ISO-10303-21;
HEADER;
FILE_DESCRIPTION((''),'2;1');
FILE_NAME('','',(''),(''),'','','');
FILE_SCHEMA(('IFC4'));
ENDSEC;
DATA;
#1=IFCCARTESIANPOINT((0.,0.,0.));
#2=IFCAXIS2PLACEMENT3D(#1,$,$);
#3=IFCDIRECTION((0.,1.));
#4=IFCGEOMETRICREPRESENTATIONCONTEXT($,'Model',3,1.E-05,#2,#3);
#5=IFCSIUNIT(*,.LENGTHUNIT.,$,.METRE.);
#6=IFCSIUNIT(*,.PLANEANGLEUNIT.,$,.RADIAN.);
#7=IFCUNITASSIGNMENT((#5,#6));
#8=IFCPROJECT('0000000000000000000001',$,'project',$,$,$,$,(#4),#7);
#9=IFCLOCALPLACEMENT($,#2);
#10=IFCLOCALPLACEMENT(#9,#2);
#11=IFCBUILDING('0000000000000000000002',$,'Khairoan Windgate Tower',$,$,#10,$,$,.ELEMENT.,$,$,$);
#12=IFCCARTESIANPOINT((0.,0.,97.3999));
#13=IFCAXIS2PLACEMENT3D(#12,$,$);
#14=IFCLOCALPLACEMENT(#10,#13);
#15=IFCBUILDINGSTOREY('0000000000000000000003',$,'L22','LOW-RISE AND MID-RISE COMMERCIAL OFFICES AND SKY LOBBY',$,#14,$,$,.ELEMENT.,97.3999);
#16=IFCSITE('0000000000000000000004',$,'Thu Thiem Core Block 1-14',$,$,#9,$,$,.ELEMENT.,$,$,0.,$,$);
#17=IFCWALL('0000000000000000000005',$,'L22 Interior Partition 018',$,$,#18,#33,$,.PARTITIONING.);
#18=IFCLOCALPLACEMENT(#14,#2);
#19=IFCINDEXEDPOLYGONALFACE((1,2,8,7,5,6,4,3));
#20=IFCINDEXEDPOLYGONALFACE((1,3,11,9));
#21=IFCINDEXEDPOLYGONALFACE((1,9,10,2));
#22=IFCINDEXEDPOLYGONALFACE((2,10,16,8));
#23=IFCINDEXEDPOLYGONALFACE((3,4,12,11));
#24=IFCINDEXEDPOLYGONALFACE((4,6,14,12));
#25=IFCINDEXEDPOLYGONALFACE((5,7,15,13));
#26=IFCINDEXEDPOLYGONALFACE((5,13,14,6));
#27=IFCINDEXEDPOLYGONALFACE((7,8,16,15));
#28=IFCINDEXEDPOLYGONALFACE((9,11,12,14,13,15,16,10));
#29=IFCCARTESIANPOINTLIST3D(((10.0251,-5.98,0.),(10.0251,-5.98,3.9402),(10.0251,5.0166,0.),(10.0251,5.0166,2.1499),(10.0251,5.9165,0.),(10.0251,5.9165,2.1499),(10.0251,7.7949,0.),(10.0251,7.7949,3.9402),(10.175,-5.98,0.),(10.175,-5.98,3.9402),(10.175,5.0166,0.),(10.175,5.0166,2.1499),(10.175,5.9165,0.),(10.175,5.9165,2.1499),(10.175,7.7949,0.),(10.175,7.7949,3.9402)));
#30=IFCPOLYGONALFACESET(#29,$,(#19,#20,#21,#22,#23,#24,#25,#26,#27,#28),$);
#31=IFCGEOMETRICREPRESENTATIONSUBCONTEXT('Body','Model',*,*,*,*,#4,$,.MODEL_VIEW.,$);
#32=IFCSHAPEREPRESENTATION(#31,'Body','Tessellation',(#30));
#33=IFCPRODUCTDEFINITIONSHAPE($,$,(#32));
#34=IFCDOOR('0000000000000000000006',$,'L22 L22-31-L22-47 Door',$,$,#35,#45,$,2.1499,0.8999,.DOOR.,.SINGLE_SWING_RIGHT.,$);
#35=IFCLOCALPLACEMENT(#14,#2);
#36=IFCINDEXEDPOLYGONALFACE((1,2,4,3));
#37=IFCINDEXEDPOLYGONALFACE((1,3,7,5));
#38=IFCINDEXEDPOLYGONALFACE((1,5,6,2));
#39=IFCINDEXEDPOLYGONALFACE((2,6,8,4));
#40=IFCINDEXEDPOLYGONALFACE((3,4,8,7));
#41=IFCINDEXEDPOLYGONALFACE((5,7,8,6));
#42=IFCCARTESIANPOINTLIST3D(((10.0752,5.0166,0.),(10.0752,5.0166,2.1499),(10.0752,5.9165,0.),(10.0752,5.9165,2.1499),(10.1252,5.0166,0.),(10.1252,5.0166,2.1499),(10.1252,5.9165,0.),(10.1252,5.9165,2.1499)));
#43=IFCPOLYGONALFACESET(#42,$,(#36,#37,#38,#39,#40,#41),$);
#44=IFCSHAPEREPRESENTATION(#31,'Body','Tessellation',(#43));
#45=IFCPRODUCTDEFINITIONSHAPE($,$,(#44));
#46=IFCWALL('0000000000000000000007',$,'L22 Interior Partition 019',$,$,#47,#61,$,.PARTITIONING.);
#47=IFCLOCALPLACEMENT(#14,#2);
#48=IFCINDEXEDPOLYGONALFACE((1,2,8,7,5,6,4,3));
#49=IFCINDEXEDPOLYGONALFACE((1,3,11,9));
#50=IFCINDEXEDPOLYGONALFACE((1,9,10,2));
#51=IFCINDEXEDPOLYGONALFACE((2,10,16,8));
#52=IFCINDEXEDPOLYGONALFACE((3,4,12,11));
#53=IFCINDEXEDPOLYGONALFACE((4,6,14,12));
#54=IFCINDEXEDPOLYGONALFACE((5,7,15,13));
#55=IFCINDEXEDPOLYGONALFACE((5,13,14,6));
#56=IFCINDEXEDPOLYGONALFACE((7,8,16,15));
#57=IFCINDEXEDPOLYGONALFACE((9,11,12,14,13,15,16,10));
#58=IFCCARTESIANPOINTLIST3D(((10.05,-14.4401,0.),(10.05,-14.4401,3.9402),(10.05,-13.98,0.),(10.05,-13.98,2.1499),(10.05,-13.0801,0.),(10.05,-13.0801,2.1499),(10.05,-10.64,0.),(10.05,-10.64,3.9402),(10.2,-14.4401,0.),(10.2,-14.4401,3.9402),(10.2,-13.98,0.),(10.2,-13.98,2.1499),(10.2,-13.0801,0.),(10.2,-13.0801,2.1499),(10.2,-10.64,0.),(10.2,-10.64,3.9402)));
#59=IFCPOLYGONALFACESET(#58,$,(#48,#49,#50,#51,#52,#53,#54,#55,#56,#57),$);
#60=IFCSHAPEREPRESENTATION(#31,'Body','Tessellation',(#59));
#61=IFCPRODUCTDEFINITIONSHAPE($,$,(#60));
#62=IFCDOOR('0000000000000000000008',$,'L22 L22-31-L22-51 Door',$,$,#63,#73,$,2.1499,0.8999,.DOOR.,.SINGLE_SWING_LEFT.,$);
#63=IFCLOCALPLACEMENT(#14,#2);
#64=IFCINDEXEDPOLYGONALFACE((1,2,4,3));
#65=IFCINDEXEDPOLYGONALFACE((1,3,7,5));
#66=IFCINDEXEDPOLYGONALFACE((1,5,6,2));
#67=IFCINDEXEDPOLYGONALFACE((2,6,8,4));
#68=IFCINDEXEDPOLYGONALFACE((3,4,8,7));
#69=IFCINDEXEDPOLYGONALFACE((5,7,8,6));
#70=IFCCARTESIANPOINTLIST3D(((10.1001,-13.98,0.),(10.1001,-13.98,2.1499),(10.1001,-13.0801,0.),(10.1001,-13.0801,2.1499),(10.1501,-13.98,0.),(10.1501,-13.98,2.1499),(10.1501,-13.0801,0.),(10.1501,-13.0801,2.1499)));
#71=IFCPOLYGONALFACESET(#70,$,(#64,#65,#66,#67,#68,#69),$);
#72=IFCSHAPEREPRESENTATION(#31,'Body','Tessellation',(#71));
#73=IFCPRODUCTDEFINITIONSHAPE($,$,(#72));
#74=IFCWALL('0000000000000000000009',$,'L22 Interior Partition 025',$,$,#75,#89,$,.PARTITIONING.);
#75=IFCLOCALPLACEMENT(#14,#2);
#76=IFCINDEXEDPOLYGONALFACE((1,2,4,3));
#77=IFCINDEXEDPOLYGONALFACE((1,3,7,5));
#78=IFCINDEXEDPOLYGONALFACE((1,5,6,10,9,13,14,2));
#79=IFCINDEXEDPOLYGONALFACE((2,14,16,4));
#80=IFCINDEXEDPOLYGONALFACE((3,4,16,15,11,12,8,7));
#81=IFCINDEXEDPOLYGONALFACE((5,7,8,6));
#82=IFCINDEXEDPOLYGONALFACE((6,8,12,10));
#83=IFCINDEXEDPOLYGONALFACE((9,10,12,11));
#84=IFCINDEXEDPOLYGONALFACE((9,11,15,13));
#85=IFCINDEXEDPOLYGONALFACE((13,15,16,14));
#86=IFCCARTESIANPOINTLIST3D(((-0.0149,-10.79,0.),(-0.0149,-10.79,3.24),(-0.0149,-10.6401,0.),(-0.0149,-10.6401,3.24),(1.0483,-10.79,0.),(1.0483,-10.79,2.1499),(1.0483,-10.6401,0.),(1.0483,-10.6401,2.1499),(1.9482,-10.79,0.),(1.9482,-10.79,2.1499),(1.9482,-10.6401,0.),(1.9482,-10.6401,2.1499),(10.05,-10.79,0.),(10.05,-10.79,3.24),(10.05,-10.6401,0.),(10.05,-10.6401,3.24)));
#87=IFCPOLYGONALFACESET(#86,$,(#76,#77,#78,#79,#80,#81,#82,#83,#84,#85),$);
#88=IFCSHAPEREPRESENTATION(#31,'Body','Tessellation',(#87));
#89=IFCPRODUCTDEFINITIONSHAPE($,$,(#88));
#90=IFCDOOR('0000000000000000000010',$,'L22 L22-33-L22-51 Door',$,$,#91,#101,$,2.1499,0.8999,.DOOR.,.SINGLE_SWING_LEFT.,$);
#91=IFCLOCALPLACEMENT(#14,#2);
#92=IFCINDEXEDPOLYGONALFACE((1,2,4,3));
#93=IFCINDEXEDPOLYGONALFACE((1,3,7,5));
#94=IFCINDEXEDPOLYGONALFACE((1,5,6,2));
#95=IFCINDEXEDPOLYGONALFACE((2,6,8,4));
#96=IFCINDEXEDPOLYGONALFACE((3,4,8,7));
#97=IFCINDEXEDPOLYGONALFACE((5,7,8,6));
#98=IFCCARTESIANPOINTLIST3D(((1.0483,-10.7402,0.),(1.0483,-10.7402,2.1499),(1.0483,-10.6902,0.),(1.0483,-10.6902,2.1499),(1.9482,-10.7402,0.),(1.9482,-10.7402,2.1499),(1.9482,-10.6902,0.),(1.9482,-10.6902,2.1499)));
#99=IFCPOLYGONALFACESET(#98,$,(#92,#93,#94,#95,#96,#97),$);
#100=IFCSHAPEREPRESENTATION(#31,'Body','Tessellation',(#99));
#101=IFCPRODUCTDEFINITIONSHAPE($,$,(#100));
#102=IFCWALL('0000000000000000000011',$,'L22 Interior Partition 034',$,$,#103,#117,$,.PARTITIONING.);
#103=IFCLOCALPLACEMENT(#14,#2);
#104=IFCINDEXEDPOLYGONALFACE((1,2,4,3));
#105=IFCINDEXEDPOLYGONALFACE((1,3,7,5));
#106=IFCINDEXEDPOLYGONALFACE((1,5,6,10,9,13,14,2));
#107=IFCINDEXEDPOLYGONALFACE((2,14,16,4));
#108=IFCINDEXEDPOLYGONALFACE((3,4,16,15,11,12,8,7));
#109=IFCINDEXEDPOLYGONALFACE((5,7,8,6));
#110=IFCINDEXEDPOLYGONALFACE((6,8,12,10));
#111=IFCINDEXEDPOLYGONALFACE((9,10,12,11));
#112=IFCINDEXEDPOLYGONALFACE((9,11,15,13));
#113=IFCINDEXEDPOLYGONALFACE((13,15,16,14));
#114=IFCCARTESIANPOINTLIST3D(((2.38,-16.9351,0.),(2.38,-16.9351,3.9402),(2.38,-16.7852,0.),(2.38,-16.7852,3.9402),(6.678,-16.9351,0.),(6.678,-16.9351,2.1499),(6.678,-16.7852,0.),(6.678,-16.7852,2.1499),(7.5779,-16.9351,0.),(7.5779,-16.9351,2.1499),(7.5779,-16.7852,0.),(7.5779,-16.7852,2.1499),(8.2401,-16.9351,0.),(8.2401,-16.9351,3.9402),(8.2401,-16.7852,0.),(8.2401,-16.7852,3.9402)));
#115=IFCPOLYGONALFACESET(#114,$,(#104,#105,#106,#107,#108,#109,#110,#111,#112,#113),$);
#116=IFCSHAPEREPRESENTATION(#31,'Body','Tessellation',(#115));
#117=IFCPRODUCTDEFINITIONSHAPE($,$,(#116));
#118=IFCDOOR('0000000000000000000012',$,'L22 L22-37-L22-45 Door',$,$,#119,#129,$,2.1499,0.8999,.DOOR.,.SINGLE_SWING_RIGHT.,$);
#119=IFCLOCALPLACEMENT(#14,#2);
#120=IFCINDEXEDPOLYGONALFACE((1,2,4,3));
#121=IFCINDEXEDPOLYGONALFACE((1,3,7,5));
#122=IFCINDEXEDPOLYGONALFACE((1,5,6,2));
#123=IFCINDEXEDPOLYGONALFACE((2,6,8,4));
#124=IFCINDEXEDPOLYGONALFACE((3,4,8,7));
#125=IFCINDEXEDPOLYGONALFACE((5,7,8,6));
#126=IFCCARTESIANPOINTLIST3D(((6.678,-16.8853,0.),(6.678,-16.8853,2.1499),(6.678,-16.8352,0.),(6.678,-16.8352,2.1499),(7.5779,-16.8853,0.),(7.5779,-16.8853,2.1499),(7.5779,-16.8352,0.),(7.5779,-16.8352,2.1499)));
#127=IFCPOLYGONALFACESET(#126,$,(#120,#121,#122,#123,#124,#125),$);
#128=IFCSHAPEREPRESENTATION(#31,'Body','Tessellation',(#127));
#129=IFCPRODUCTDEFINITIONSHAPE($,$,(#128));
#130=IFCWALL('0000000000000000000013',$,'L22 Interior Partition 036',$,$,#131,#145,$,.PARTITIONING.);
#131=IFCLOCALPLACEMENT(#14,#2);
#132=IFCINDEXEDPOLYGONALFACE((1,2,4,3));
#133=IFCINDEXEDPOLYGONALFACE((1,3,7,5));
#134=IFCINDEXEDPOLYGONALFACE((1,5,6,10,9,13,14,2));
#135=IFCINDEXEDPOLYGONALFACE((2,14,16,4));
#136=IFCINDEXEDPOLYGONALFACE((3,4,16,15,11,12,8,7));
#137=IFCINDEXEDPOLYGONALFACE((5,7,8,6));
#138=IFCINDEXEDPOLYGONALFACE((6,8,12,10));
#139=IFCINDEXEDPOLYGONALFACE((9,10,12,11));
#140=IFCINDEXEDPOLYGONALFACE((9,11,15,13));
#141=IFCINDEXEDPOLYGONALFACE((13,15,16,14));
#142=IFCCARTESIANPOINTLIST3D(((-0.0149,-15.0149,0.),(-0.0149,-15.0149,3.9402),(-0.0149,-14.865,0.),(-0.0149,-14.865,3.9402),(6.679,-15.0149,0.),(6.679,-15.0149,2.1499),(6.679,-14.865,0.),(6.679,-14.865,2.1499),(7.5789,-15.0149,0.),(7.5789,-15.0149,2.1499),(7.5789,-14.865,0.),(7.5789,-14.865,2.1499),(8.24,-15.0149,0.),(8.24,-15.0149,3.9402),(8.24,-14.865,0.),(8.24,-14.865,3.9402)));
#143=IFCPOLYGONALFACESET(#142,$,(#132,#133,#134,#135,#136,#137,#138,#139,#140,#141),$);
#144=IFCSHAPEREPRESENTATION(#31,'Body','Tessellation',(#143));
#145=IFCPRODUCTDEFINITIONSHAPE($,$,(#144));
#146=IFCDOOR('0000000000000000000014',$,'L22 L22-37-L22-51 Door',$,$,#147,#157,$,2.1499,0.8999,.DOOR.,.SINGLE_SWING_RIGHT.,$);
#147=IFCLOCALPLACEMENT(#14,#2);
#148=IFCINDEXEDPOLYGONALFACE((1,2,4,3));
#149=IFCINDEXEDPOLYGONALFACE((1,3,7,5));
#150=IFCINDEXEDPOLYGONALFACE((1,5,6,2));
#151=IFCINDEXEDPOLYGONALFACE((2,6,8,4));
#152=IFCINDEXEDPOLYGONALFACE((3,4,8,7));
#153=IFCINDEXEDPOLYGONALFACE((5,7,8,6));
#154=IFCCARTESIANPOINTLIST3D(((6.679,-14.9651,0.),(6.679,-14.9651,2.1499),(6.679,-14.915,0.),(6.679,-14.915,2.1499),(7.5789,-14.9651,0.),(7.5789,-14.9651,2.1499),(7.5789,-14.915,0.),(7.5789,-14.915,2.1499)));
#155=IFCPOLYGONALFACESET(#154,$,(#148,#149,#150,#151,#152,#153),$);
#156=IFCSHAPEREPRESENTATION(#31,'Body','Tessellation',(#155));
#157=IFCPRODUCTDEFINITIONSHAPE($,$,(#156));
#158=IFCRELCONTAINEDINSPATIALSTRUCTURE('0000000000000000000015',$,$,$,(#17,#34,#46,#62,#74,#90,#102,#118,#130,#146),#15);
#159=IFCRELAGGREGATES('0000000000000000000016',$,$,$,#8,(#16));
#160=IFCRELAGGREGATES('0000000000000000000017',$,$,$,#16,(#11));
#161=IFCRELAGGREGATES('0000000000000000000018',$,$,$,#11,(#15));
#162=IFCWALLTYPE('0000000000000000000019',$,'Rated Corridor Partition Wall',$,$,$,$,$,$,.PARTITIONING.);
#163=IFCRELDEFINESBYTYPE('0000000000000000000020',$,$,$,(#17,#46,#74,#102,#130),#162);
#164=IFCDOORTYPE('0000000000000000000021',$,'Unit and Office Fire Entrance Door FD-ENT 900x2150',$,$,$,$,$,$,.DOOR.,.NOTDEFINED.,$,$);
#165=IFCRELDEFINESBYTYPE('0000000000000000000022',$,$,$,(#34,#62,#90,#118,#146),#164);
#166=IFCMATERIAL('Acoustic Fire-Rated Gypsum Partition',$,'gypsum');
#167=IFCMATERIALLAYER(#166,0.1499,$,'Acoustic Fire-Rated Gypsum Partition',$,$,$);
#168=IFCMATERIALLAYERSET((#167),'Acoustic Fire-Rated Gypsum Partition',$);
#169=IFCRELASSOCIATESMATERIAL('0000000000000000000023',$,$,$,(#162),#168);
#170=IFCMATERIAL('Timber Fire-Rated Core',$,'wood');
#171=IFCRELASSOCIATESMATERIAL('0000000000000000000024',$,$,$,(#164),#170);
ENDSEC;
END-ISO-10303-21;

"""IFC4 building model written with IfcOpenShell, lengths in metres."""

from ifc_helpers import new_model, si_unit, direction, frame, frame_2d, origin, place, context, subcontext, project, spatial, rectangle, extrude, material, layer, layer_set, type_object, element, fill, save


model = new_model("IFC4")

# Units and contexts
model_context = context("Model", 3, precision=1e-05, world=origin(), true_north=direction((0.0, 1.0)))
body_context = subcontext(model_context, "Body", "Model", "MODEL_VIEW")
ifc_project = project(units=[si_unit("LENGTHUNIT", "METRE"), si_unit("PLANEANGLEUNIT", "RADIAN")], contexts=[model_context])

# Site, building, storey
site_placement = place(None, origin())
site = spatial("IfcSite", under=ifc_project, at=site_placement, Name="Thu Thiem Core Block 1-14", CompositionType="ELEMENT", RefElevation=0.0)
building_placement = place(site_placement, origin())
building = spatial("IfcBuilding", under=site, at=building_placement, Name="Khairoan Windgate Tower", CompositionType="ELEMENT")
storey_placement = place(building_placement, frame((0.0, 0.0, 97.3999)))
storey = spatial("IfcBuildingStorey", under=building, at=storey_placement, Name="L22", Description="LOW-RISE AND MID-RISE COMMERCIAL OFFICES AND SKY LOBBY", CompositionType="ELEMENT", Elevation=97.3999)

# Walls, openings, doors
ifc_material_1 = material(Name="Acoustic Fire-Rated Gypsum Partition", Category="gypsum")
ifc_layer_1 = layer(ifc_material_1, 0.1499, Name="Acoustic Fire-Rated Gypsum Partition")
ifc_layer_set_1 = layer_set([ifc_layer_1], Name="Acoustic Fire-Rated Gypsum Partition")
wall_type_1 = type_object("IfcWallType", Name="Rated Corridor Partition Wall", PredefinedType="PARTITIONING", material=ifc_layer_set_1)
wall_1_placement = place(storey_placement, frame((10.1001, -5.98, 0.0), z_axis=(0.0, 0.0, 1.0), x_axis=(0.0, 1.0, 0.0)))
wall_1 = element("IfcWall", 1, at=wall_1_placement, inside=storey, type_object=wall_type_1, Name="L22 Interior Partition 018", PredefinedType="PARTITIONING", context=body_context, shape_type="SweptSolid", body=[
    extrude(rectangle(XDim=13.7749, YDim=0.1499, at=frame_2d((6.8875, 0.0))), origin(), (0.0, 0.0, 1.0), 3.9402),
])
opening_1_placement = place(wall_1_placement, frame((10.9966, 0.0, 0.0)))
opening_1 = element("IfcOpeningElement", 2, at=opening_1_placement, cuts=wall_1, PredefinedType="OPENING", context=body_context, shape_type="SweptSolid", body=[
    extrude(rectangle(XDim=0.8999, YDim=2.1499, at=frame_2d((0.45, 1.075))), frame((0.0, 0.085, 0.0), z_axis=(0.0, -1.0, 0.0), x_axis=(1.0, 0.0, 0.0)), (0.0, 0.0, 1.0), 0.1699),
])
ifc_material_2 = material(Name="Timber Fire-Rated Core", Category="wood")
door_type = type_object("IfcDoorType", Name="Unit and Office Fire Entrance Door FD-ENT 900x2150", OperationType="NOTDEFINED", PredefinedType="DOOR", material=ifc_material_2)
door_1_placement = place(opening_1_placement, origin())
door_1 = element("IfcDoor", 3, at=door_1_placement, inside=storey, type_object=door_type, Name="L22 L22-31-L22-47 Door", OperationType="SINGLE_SWING_RIGHT", OverallHeight=2.1499, OverallWidth=0.8999, PredefinedType="DOOR", context=body_context, shape_type="SweptSolid", body=[
    extrude(rectangle(XDim=0.8999, YDim=2.1499, at=frame_2d((0.45, 1.075))), frame((0.0, 0.0249, 0.0), z_axis=(0.0, -1.0, 0.0), x_axis=(1.0, 0.0, 0.0)), (0.0, 0.0, 1.0), 0.05),
])
fill(opening_1, door_1)
wall_2_placement = place(storey_placement, frame((10.125, -14.4399, 0.0), z_axis=(0.0, 0.0, 1.0), x_axis=(0.0, 1.0, 0.0)))
wall_2 = element("IfcWall", 4, at=wall_2_placement, inside=storey, type_object=wall_type_1, Name="L22 Interior Partition 019", PredefinedType="PARTITIONING", context=body_context, shape_type="SweptSolid", body=[
    extrude(rectangle(XDim=3.8, YDim=0.1499, at=frame_2d((1.8999, 0.0))), origin(), (0.0, 0.0, 1.0), 3.9402),
])
opening_2_placement = place(wall_2_placement, frame((0.46, 0.0, 0.0)))
opening_2 = element("IfcOpeningElement", 5, at=opening_2_placement, cuts=wall_2, PredefinedType="OPENING", context=body_context, shape_type="SweptSolid", body=[
    extrude(rectangle(XDim=0.8999, YDim=2.1499, at=frame_2d((0.45, 1.075))), frame((0.0, 0.085, 0.0), z_axis=(0.0, -1.0, 0.0), x_axis=(1.0, 0.0, 0.0)), (0.0, 0.0, 1.0), 0.1699),
])
door_2_placement = place(opening_2_placement, origin())
door_2 = element("IfcDoor", 6, at=door_2_placement, inside=storey, type_object=door_type, Name="L22 L22-31-L22-51 Door", OperationType="SINGLE_SWING_LEFT", OverallHeight=2.1499, OverallWidth=0.8999, PredefinedType="DOOR", context=body_context, shape_type="SweptSolid", body=[
    extrude(rectangle(XDim=0.8999, YDim=2.1499, at=frame_2d((0.45, 1.075))), frame((0.0, 0.0249, 0.0), z_axis=(0.0, -1.0, 0.0), x_axis=(1.0, 0.0, 0.0)), (0.0, 0.0, 1.0), 0.05),
])
fill(opening_2, door_2)
wall_3_placement = place(storey_placement, frame((-0.0149, -10.7151, 0.0), z_axis=(0.0, 0.0, 1.0), x_axis=(1.0, 0.0, 0.0)))
wall_3 = element("IfcWall", 7, at=wall_3_placement, inside=storey, type_object=wall_type_1, Name="L22 Interior Partition 025", PredefinedType="PARTITIONING", context=body_context, shape_type="SweptSolid", body=[
    extrude(rectangle(XDim=10.0649, YDim=0.1499, at=frame_2d((5.0325, 0.0))), origin(), (0.0, 0.0, 1.0), 3.24),
])
opening_3_placement = place(wall_3_placement, frame((1.0632, 0.0, 0.0)))
opening_3 = element("IfcOpeningElement", 8, at=opening_3_placement, cuts=wall_3, PredefinedType="OPENING", context=body_context, shape_type="SweptSolid", body=[
    extrude(rectangle(XDim=0.8999, YDim=2.1499, at=frame_2d((0.45, 1.075))), frame((0.0, 0.085, 0.0), z_axis=(0.0, -1.0, 0.0), x_axis=(1.0, 0.0, 0.0)), (0.0, 0.0, 1.0), 0.1699),
])
door_3_placement = place(opening_3_placement, origin())
door_3 = element("IfcDoor", 9, at=door_3_placement, inside=storey, type_object=door_type, Name="L22 L22-33-L22-51 Door", OperationType="SINGLE_SWING_LEFT", OverallHeight=2.1499, OverallWidth=0.8999, PredefinedType="DOOR", context=body_context, shape_type="SweptSolid", body=[
    extrude(rectangle(XDim=0.8999, YDim=2.1499, at=frame_2d((0.45, 1.075))), frame((0.0, 0.0249, 0.0), z_axis=(0.0, -1.0, 0.0), x_axis=(1.0, 0.0, 0.0)), (0.0, 0.0, 1.0), 0.05),
])
fill(opening_3, door_3)
wall_4_placement = place(storey_placement, frame((2.3799, -16.8601, 0.0), z_axis=(0.0, 0.0, 1.0), x_axis=(1.0, 0.0, 0.0)))
wall_4 = element("IfcWall", 10, at=wall_4_placement, inside=storey, type_object=wall_type_1, Name="L22 Interior Partition 034", PredefinedType="PARTITIONING", context=body_context, shape_type="SweptSolid", body=[
    extrude(rectangle(XDim=5.8601, YDim=0.1499, at=frame_2d((2.9302, 0.0))), origin(), (0.0, 0.0, 1.0), 3.9402),
])
opening_4_placement = place(wall_4_placement, frame((4.2981, 0.0, 0.0)))
opening_4 = element("IfcOpeningElement", 11, at=opening_4_placement, cuts=wall_4, PredefinedType="OPENING", context=body_context, shape_type="SweptSolid", body=[
    extrude(rectangle(XDim=0.8999, YDim=2.1499, at=frame_2d((0.45, 1.075))), frame((0.0, 0.085, 0.0), z_axis=(0.0, -1.0, 0.0), x_axis=(1.0, 0.0, 0.0)), (0.0, 0.0, 1.0), 0.1699),
])
door_4_placement = place(opening_4_placement, origin())
door_4 = element("IfcDoor", 12, at=door_4_placement, inside=storey, type_object=door_type, Name="L22 L22-37-L22-45 Door", OperationType="SINGLE_SWING_RIGHT", OverallHeight=2.1499, OverallWidth=0.8999, PredefinedType="DOOR", context=body_context, shape_type="SweptSolid", body=[
    extrude(rectangle(XDim=0.8999, YDim=2.1499, at=frame_2d((0.45, 1.075))), frame((0.0, 0.0249, 0.0), z_axis=(0.0, -1.0, 0.0), x_axis=(1.0, 0.0, 0.0)), (0.0, 0.0, 1.0), 0.05),
])
fill(opening_4, door_4)
wall_5_placement = place(storey_placement, frame((-0.0149, -14.9399, 0.0), z_axis=(0.0, 0.0, 1.0), x_axis=(1.0, 0.0, 0.0)))
wall_5 = element("IfcWall", 13, at=wall_5_placement, inside=storey, type_object=wall_type_1, Name="L22 Interior Partition 036", PredefinedType="PARTITIONING", context=body_context, shape_type="SweptSolid", body=[
    extrude(rectangle(XDim=8.2549, YDim=0.1499, at=frame_2d((4.1274, 0.0))), origin(), (0.0, 0.0, 1.0), 3.9402),
])
opening_5_placement = place(wall_5_placement, frame((6.6938, 0.0, 0.0)))
opening_5 = element("IfcOpeningElement", 14, at=opening_5_placement, cuts=wall_5, PredefinedType="OPENING", context=body_context, shape_type="SweptSolid", body=[
    extrude(rectangle(XDim=0.8999, YDim=2.1499, at=frame_2d((0.45, 1.075))), frame((0.0, 0.085, 0.0), z_axis=(0.0, -1.0, 0.0), x_axis=(1.0, 0.0, 0.0)), (0.0, 0.0, 1.0), 0.1699),
])
door_5_placement = place(opening_5_placement, origin())
door_5 = element("IfcDoor", 15, at=door_5_placement, inside=storey, type_object=door_type, Name="L22 L22-37-L22-51 Door", OperationType="SINGLE_SWING_RIGHT", OverallHeight=2.1499, OverallWidth=0.8999, PredefinedType="DOOR", context=body_context, shape_type="SweptSolid", body=[
    extrude(rectangle(XDim=0.8999, YDim=2.1499, at=frame_2d((0.45, 1.075))), frame((0.0, 0.0249, 0.0), z_axis=(0.0, -1.0, 0.0), x_axis=(1.0, 0.0, 0.0)), (0.0, 0.0, 1.0), 0.05),
])
fill(opening_5, door_5)

save(model, "model.ifc")
